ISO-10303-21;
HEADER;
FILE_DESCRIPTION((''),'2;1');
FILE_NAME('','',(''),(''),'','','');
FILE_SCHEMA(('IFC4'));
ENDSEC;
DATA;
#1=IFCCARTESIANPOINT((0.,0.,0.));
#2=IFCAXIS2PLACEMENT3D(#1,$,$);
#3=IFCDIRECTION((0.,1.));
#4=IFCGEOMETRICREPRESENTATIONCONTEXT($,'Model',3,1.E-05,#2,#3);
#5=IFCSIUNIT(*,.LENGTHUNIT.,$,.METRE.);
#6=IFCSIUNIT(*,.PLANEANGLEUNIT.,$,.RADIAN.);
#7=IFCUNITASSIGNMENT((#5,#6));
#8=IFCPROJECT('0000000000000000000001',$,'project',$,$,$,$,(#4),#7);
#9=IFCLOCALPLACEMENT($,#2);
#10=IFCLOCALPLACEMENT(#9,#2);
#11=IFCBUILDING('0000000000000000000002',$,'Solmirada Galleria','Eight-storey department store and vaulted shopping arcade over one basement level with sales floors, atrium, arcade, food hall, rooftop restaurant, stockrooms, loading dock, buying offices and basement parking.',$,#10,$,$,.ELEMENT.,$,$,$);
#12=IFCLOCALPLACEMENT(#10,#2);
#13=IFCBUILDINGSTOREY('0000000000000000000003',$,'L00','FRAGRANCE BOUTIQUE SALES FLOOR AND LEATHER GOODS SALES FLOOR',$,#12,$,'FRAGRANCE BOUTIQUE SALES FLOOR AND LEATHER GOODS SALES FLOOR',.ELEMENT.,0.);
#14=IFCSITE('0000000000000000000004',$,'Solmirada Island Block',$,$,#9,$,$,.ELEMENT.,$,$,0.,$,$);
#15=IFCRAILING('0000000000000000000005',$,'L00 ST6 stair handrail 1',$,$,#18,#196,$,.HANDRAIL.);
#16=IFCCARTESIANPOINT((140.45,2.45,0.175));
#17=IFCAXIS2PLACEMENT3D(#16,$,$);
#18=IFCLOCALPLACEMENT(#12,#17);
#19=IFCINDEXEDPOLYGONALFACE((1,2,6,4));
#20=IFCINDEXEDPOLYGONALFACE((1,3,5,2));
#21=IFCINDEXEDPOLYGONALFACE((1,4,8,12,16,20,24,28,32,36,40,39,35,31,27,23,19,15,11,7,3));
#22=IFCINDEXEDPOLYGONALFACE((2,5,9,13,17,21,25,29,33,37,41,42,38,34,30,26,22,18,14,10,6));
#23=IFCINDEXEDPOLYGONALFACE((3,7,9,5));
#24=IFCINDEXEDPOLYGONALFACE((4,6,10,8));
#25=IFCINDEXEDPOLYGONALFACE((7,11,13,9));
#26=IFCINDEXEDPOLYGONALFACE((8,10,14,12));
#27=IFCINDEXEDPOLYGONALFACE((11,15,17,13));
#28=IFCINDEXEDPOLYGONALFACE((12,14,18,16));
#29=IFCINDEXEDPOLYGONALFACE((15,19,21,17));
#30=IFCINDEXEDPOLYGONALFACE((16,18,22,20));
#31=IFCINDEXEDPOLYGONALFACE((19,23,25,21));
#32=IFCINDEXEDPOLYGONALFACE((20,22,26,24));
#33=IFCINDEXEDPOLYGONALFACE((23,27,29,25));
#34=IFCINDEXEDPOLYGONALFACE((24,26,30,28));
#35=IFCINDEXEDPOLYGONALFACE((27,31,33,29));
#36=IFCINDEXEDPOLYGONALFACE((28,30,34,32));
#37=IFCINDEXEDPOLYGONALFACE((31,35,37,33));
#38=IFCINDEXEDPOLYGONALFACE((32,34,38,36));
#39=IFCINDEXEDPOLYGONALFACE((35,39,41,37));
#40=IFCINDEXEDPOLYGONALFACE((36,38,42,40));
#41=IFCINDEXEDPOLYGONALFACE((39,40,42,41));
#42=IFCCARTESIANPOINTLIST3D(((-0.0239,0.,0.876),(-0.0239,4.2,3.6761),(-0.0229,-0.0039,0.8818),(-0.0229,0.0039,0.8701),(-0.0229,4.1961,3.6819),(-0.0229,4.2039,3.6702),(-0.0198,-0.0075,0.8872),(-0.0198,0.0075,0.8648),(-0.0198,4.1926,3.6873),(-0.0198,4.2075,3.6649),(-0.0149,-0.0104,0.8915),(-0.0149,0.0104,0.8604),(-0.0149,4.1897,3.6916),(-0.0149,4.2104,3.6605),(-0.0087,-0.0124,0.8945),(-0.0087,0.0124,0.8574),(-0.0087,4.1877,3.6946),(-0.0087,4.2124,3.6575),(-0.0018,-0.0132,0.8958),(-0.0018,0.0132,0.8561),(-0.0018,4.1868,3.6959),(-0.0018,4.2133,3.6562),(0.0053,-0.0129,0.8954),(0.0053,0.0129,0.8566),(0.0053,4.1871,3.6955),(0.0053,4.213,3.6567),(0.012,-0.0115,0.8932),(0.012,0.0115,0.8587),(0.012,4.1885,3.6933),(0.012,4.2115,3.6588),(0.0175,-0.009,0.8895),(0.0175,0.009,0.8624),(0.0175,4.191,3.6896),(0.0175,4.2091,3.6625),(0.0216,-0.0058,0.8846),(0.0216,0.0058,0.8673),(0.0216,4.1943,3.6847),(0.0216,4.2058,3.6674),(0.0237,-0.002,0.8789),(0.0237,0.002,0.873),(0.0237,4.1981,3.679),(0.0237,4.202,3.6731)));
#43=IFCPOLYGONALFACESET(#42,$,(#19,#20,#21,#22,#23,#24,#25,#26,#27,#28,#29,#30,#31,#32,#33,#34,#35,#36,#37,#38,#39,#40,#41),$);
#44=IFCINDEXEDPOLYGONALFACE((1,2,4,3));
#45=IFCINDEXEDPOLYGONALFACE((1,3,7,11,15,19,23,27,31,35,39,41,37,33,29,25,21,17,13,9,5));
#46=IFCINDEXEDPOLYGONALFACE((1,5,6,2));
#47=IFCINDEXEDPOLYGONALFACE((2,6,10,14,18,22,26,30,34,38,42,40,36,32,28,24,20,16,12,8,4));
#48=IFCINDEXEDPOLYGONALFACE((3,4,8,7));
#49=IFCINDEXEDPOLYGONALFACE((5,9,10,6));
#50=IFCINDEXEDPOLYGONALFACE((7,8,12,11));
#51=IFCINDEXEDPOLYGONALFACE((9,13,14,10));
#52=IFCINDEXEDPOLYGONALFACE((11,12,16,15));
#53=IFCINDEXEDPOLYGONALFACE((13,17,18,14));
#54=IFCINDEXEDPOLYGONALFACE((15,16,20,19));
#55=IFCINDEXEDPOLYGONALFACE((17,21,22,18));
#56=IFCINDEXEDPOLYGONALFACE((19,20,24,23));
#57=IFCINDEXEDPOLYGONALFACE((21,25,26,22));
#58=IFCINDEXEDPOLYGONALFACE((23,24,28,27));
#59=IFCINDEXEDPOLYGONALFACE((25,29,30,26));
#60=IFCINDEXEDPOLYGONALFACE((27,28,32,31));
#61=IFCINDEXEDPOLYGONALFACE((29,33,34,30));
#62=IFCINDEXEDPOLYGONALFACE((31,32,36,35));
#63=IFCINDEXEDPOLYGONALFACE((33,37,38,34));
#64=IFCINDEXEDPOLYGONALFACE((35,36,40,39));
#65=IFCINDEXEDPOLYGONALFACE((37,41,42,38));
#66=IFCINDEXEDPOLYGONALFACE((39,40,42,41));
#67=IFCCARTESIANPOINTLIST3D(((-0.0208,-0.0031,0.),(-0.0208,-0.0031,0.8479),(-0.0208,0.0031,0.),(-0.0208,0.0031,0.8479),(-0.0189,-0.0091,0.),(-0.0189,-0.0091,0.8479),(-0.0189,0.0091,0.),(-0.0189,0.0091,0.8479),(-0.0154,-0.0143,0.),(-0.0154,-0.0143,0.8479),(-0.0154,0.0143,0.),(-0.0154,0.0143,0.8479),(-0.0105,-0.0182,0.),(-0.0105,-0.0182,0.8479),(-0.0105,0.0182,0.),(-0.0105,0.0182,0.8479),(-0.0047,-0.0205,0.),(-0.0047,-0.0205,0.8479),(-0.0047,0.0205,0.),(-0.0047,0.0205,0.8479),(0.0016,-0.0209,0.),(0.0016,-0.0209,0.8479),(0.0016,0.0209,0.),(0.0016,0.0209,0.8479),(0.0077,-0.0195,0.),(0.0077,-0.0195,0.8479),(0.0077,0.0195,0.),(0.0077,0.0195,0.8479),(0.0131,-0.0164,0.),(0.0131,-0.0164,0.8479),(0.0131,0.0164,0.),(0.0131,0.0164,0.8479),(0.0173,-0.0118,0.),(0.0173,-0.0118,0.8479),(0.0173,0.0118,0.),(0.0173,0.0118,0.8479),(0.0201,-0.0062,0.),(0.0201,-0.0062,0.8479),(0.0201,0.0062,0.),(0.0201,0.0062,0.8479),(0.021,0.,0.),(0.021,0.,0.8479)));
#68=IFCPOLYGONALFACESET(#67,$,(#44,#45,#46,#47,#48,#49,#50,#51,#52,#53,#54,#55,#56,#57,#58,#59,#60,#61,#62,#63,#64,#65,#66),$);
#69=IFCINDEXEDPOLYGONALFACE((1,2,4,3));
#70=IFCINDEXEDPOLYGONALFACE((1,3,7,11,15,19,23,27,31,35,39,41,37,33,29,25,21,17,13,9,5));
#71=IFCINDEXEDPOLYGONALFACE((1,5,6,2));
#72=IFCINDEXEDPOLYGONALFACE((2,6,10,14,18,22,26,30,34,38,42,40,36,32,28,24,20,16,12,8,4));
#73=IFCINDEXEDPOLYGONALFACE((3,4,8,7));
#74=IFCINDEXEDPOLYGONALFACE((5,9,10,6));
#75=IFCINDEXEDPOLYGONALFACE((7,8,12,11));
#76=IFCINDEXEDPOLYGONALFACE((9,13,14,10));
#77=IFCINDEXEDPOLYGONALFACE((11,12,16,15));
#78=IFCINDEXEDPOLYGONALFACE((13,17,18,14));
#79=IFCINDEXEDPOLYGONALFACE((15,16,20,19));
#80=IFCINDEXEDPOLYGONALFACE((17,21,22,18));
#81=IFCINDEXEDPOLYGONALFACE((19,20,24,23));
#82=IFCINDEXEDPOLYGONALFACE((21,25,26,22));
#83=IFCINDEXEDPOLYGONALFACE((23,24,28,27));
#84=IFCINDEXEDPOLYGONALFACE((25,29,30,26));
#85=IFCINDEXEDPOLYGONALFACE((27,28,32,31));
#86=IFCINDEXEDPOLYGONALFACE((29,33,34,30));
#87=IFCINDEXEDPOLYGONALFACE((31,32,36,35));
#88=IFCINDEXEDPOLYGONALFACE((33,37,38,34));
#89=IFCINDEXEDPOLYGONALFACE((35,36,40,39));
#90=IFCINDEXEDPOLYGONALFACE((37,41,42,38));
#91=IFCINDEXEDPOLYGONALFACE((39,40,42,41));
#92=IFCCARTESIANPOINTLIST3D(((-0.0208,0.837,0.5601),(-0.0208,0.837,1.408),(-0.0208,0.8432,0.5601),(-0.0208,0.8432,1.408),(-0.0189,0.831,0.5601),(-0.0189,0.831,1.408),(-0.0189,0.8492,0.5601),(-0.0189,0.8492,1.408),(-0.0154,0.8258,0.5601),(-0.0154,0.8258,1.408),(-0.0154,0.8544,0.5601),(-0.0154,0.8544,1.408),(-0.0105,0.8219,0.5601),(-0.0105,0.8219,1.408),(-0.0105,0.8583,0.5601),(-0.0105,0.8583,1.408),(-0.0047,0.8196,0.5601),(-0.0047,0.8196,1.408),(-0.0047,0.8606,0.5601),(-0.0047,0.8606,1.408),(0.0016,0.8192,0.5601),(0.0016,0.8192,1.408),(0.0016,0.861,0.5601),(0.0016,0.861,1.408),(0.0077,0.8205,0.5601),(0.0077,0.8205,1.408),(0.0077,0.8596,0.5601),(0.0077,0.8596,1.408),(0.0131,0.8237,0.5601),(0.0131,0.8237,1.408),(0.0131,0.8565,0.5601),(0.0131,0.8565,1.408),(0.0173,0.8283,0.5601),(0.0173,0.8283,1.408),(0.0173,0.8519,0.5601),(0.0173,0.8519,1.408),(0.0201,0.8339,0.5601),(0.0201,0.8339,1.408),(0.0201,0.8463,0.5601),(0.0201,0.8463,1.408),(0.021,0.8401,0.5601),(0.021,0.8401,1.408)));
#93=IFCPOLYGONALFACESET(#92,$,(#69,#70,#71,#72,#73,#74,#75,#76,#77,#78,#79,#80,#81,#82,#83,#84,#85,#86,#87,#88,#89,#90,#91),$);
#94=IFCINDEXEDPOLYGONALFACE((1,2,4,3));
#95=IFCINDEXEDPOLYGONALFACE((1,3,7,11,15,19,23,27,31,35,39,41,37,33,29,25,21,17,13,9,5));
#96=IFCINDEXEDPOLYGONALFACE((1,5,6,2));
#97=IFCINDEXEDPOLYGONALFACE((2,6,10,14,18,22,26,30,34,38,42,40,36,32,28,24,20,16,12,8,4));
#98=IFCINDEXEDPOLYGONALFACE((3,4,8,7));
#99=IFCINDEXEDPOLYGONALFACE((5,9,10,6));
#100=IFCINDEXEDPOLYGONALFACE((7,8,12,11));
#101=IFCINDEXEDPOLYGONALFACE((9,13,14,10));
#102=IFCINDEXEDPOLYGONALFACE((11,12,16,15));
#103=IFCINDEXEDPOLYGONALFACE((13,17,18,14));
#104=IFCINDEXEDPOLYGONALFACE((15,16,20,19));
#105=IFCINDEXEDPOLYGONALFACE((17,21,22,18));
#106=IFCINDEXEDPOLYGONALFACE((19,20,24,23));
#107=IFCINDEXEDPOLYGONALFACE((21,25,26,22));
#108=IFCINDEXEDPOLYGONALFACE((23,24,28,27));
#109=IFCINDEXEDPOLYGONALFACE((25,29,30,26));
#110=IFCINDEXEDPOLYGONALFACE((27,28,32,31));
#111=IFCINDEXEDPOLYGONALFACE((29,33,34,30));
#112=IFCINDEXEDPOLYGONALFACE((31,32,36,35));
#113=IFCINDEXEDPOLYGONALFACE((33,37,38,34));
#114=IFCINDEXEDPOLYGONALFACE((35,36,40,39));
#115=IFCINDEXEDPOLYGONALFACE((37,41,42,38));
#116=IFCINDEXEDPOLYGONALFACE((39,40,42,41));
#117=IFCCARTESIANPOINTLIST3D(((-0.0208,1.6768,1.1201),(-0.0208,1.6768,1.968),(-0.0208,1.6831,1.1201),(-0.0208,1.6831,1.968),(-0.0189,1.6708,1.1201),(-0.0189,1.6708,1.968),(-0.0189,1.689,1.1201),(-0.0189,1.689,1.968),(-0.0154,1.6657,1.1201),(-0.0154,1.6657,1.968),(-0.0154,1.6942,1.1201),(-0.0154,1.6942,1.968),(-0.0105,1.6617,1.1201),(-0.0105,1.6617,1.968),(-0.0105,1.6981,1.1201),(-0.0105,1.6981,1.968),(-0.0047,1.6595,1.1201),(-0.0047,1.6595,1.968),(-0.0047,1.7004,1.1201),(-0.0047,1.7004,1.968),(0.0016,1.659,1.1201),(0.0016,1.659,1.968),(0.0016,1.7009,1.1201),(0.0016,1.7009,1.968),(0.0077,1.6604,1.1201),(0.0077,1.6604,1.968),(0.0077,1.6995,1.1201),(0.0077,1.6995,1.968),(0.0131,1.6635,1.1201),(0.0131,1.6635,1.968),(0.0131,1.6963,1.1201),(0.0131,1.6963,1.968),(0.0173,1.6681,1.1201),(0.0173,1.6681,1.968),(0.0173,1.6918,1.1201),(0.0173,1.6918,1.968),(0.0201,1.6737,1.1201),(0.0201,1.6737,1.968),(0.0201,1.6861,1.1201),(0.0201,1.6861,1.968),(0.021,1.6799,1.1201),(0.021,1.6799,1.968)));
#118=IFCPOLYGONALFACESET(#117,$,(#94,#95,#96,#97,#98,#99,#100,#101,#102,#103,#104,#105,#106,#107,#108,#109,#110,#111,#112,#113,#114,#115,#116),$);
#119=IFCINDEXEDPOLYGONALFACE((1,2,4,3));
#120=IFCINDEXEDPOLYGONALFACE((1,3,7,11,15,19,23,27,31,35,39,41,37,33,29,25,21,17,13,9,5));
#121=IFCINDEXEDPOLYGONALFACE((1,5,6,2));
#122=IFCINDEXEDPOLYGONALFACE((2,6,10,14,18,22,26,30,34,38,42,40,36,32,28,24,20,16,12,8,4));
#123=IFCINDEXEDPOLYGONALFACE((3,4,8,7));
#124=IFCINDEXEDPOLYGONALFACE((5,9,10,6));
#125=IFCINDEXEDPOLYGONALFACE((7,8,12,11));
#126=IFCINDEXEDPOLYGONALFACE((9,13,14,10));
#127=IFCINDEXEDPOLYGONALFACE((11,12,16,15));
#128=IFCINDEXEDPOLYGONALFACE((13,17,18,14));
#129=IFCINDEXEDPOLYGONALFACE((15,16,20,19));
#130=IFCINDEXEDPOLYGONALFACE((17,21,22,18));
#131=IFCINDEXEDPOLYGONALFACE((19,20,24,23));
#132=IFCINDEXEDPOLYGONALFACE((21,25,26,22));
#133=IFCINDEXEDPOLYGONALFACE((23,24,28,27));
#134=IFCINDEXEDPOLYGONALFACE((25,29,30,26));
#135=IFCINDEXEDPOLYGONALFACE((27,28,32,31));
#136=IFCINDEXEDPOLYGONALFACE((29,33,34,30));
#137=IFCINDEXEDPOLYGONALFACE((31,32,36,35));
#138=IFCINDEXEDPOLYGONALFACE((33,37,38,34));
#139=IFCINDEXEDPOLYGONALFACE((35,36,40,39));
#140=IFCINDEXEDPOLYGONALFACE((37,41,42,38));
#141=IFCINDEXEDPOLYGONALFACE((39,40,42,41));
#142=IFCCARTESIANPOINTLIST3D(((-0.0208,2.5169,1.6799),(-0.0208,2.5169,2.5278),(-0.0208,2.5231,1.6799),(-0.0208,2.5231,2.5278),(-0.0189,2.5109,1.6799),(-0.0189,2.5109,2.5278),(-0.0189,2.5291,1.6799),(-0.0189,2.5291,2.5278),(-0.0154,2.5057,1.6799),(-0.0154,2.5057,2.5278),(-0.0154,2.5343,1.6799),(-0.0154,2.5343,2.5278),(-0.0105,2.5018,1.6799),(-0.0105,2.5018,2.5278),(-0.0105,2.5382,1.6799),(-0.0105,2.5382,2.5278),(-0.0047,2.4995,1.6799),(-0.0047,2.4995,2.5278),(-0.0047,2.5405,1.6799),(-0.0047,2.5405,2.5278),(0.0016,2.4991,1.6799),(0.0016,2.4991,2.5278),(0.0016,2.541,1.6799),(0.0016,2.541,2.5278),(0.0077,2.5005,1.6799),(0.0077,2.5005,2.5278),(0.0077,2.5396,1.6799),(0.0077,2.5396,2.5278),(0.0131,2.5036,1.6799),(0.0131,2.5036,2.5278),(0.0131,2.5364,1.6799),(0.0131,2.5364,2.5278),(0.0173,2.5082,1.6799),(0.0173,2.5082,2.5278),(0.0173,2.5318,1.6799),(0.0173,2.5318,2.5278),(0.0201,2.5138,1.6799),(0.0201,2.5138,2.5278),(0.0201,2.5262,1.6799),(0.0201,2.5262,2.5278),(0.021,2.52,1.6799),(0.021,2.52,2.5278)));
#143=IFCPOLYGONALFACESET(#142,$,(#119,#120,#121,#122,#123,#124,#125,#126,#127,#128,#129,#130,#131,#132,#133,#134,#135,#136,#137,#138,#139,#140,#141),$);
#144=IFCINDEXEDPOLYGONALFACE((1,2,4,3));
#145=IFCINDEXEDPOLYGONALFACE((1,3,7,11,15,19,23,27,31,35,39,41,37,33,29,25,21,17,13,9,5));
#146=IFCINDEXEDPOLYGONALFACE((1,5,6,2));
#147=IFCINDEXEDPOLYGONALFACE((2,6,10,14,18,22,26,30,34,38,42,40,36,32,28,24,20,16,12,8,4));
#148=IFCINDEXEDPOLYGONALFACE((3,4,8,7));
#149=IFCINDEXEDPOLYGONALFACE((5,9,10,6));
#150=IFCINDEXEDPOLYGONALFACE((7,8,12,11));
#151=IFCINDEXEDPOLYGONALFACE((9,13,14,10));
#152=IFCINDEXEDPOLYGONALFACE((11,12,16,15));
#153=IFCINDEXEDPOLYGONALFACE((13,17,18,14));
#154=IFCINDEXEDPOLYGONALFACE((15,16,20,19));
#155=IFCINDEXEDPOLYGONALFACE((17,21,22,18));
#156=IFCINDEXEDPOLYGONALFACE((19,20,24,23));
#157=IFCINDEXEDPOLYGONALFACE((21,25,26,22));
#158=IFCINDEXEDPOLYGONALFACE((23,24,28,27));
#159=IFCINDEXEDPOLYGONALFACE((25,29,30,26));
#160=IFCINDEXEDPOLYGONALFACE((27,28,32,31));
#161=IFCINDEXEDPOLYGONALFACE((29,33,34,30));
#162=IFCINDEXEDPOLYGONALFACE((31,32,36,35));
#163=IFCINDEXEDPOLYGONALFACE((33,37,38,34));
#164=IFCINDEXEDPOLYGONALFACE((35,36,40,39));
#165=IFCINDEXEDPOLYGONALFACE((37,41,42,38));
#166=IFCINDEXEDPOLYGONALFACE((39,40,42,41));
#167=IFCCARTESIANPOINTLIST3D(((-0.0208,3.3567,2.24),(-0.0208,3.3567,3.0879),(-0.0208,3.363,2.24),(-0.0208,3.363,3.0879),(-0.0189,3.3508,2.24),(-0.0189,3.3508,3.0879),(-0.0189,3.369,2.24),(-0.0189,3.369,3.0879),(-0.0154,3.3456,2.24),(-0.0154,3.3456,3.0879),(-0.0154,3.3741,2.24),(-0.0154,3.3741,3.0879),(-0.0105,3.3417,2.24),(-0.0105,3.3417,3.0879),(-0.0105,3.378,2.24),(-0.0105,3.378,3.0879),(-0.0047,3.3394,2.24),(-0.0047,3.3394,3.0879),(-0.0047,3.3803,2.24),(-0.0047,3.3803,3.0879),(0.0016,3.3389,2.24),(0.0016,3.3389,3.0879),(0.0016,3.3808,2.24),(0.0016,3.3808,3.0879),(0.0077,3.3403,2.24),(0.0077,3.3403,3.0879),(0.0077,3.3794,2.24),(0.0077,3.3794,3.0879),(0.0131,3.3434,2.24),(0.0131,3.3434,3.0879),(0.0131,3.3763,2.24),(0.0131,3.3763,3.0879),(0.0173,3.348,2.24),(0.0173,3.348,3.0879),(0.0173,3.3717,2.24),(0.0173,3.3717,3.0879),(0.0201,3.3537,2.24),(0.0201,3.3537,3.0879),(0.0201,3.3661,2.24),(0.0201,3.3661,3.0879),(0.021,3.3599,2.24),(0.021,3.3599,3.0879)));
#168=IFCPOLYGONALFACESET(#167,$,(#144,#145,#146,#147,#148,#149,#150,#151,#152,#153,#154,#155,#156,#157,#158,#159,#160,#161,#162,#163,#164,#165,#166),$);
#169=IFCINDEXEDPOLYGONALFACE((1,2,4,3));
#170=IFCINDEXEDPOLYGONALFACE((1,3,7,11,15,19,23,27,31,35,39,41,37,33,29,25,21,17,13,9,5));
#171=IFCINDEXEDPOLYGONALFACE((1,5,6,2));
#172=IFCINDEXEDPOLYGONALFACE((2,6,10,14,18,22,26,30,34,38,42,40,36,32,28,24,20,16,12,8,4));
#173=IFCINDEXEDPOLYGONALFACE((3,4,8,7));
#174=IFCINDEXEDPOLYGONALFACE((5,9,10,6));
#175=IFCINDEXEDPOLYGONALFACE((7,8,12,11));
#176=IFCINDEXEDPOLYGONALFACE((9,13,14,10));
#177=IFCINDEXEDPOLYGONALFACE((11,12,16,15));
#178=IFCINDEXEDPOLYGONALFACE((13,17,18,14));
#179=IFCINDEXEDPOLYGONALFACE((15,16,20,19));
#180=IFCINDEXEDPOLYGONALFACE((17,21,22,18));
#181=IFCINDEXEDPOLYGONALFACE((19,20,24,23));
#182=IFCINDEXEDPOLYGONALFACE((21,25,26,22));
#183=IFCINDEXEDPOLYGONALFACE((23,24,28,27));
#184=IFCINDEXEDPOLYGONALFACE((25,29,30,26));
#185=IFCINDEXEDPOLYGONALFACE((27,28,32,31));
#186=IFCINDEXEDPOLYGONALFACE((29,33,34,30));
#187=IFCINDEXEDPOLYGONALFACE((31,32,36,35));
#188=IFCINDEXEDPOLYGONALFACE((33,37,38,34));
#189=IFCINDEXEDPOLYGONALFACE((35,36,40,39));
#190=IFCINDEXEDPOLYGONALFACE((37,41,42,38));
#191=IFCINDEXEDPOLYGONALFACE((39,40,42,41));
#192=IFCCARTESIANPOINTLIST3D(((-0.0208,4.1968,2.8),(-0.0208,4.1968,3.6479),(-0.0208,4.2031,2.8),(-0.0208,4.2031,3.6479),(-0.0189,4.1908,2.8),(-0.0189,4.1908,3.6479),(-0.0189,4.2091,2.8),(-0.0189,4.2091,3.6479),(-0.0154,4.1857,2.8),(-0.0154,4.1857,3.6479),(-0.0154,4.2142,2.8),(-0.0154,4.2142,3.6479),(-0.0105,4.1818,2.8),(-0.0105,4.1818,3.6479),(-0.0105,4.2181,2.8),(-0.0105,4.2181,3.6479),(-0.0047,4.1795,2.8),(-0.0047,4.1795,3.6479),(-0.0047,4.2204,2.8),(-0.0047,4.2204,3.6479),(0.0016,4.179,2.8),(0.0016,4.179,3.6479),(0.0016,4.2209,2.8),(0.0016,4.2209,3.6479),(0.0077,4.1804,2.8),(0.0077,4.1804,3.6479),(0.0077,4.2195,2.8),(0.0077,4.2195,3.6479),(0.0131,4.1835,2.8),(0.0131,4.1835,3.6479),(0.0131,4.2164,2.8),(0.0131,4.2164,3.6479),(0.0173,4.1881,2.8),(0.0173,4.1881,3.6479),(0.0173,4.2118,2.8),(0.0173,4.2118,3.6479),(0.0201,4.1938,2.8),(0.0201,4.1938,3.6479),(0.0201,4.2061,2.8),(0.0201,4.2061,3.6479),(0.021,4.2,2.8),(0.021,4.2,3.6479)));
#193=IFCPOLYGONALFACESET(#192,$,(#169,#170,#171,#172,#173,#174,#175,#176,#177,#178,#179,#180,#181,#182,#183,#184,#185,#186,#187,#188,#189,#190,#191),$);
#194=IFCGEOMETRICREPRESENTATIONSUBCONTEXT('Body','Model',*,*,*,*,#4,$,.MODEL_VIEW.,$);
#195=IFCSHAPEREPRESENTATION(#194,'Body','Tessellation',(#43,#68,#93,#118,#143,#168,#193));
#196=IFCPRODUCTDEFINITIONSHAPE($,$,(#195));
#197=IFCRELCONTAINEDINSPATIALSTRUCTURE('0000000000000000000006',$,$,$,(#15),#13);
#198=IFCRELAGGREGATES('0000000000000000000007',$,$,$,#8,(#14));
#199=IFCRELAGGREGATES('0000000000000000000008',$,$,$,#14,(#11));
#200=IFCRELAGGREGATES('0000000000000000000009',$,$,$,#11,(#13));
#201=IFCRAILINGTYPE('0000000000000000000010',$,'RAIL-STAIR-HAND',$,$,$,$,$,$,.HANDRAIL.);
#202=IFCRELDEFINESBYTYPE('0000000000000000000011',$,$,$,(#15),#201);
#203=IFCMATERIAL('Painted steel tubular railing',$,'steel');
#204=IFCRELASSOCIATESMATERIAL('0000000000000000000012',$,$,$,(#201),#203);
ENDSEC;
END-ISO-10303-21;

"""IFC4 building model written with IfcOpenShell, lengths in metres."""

from ifc_helpers import new_model, si_unit, direction, frame, origin, origin_2d, place, context, subcontext, project, spatial, circle, extrude, material, type_object, element, save


model = new_model("IFC4")

# Units and contexts
model_context = context("Model", 3, precision=1e-05, world=origin(), true_north=direction((0.0, 1.0)))
body_context = subcontext(model_context, "Body", "Model", "MODEL_VIEW")
ifc_project = project(units=[si_unit("LENGTHUNIT", "METRE"), si_unit("PLANEANGLEUNIT", "RADIAN")], contexts=[model_context])

# Site, building, storey
site_placement = place(None, origin())
site = spatial("IfcSite", under=ifc_project, at=site_placement, Name="Solmirada Island Block", CompositionType="ELEMENT", RefElevation=0.0)
building_placement = place(site_placement, origin())
building = spatial("IfcBuilding", under=site, at=building_placement, Name="Solmirada Galleria", Description="Eight-storey department store and vaulted shopping arcade over one basement level with sales floors, atrium, arcade, food hall, rooftop restaurant, stockrooms, loading dock, buying offices and basement parking.", CompositionType="ELEMENT")
storey_placement = place(building_placement, origin())
storey = spatial("IfcBuildingStorey", under=building, at=storey_placement, Name="L00", Description="FRAGRANCE BOUTIQUE SALES FLOOR AND LEATHER GOODS SALES FLOOR", LongName="FRAGRANCE BOUTIQUE SALES FLOOR AND LEATHER GOODS SALES FLOOR", CompositionType="ELEMENT", Elevation=0.0)

# Railing
ifc_material_1 = material(Name="Painted steel tubular railing", Category="steel")
railing_type_1 = type_object("IfcRailingType", Name="RAIL-STAIR-HAND", PredefinedType="HANDRAIL", material=ifc_material_1)
railing_1_placement = place(storey_placement, frame((140.45, 2.45, 0.175)))
element("IfcRailing", 1, at=railing_1_placement, inside=storey, type_object=railing_type_1, Name="L00 ST6 stair handrail 1", PredefinedType="HANDRAIL", context=body_context, shape_type="SweptSolid", body=[
    extrude(circle(Radius=0.0239, at=origin_2d()), frame((0.0, 0.0, 0.876), z_axis=(0.0, 0.832043, 0.554711), x_axis=(-1.0, 0.0, 0.0)), (0.0, 0.0, 1.0), 5.0479),
    extrude(circle(Radius=0.021, at=origin_2d()), origin(), (0.0, 0.0, 1.0), 0.8479),
    extrude(circle(Radius=0.021, at=origin_2d()), frame((0.0, 0.8401, 0.5601)), (0.0, 0.0, 1.0), 0.8479),
    extrude(circle(Radius=0.021, at=origin_2d()), frame((0.0, 1.6799, 1.1201)), (0.0, 0.0, 1.0), 0.8479),
    extrude(circle(Radius=0.021, at=origin_2d()), frame((0.0, 2.52, 1.6799)), (0.0, 0.0, 1.0), 0.8479),
    extrude(circle(Radius=0.021, at=origin_2d()), frame((0.0, 3.3599, 2.24)), (0.0, 0.0, 1.0), 0.8479),
    extrude(circle(Radius=0.021, at=origin_2d()), frame((0.0, 4.2, 2.8)), (0.0, 0.0, 1.0), 0.8479),
])

save(model, "model.ifc")
